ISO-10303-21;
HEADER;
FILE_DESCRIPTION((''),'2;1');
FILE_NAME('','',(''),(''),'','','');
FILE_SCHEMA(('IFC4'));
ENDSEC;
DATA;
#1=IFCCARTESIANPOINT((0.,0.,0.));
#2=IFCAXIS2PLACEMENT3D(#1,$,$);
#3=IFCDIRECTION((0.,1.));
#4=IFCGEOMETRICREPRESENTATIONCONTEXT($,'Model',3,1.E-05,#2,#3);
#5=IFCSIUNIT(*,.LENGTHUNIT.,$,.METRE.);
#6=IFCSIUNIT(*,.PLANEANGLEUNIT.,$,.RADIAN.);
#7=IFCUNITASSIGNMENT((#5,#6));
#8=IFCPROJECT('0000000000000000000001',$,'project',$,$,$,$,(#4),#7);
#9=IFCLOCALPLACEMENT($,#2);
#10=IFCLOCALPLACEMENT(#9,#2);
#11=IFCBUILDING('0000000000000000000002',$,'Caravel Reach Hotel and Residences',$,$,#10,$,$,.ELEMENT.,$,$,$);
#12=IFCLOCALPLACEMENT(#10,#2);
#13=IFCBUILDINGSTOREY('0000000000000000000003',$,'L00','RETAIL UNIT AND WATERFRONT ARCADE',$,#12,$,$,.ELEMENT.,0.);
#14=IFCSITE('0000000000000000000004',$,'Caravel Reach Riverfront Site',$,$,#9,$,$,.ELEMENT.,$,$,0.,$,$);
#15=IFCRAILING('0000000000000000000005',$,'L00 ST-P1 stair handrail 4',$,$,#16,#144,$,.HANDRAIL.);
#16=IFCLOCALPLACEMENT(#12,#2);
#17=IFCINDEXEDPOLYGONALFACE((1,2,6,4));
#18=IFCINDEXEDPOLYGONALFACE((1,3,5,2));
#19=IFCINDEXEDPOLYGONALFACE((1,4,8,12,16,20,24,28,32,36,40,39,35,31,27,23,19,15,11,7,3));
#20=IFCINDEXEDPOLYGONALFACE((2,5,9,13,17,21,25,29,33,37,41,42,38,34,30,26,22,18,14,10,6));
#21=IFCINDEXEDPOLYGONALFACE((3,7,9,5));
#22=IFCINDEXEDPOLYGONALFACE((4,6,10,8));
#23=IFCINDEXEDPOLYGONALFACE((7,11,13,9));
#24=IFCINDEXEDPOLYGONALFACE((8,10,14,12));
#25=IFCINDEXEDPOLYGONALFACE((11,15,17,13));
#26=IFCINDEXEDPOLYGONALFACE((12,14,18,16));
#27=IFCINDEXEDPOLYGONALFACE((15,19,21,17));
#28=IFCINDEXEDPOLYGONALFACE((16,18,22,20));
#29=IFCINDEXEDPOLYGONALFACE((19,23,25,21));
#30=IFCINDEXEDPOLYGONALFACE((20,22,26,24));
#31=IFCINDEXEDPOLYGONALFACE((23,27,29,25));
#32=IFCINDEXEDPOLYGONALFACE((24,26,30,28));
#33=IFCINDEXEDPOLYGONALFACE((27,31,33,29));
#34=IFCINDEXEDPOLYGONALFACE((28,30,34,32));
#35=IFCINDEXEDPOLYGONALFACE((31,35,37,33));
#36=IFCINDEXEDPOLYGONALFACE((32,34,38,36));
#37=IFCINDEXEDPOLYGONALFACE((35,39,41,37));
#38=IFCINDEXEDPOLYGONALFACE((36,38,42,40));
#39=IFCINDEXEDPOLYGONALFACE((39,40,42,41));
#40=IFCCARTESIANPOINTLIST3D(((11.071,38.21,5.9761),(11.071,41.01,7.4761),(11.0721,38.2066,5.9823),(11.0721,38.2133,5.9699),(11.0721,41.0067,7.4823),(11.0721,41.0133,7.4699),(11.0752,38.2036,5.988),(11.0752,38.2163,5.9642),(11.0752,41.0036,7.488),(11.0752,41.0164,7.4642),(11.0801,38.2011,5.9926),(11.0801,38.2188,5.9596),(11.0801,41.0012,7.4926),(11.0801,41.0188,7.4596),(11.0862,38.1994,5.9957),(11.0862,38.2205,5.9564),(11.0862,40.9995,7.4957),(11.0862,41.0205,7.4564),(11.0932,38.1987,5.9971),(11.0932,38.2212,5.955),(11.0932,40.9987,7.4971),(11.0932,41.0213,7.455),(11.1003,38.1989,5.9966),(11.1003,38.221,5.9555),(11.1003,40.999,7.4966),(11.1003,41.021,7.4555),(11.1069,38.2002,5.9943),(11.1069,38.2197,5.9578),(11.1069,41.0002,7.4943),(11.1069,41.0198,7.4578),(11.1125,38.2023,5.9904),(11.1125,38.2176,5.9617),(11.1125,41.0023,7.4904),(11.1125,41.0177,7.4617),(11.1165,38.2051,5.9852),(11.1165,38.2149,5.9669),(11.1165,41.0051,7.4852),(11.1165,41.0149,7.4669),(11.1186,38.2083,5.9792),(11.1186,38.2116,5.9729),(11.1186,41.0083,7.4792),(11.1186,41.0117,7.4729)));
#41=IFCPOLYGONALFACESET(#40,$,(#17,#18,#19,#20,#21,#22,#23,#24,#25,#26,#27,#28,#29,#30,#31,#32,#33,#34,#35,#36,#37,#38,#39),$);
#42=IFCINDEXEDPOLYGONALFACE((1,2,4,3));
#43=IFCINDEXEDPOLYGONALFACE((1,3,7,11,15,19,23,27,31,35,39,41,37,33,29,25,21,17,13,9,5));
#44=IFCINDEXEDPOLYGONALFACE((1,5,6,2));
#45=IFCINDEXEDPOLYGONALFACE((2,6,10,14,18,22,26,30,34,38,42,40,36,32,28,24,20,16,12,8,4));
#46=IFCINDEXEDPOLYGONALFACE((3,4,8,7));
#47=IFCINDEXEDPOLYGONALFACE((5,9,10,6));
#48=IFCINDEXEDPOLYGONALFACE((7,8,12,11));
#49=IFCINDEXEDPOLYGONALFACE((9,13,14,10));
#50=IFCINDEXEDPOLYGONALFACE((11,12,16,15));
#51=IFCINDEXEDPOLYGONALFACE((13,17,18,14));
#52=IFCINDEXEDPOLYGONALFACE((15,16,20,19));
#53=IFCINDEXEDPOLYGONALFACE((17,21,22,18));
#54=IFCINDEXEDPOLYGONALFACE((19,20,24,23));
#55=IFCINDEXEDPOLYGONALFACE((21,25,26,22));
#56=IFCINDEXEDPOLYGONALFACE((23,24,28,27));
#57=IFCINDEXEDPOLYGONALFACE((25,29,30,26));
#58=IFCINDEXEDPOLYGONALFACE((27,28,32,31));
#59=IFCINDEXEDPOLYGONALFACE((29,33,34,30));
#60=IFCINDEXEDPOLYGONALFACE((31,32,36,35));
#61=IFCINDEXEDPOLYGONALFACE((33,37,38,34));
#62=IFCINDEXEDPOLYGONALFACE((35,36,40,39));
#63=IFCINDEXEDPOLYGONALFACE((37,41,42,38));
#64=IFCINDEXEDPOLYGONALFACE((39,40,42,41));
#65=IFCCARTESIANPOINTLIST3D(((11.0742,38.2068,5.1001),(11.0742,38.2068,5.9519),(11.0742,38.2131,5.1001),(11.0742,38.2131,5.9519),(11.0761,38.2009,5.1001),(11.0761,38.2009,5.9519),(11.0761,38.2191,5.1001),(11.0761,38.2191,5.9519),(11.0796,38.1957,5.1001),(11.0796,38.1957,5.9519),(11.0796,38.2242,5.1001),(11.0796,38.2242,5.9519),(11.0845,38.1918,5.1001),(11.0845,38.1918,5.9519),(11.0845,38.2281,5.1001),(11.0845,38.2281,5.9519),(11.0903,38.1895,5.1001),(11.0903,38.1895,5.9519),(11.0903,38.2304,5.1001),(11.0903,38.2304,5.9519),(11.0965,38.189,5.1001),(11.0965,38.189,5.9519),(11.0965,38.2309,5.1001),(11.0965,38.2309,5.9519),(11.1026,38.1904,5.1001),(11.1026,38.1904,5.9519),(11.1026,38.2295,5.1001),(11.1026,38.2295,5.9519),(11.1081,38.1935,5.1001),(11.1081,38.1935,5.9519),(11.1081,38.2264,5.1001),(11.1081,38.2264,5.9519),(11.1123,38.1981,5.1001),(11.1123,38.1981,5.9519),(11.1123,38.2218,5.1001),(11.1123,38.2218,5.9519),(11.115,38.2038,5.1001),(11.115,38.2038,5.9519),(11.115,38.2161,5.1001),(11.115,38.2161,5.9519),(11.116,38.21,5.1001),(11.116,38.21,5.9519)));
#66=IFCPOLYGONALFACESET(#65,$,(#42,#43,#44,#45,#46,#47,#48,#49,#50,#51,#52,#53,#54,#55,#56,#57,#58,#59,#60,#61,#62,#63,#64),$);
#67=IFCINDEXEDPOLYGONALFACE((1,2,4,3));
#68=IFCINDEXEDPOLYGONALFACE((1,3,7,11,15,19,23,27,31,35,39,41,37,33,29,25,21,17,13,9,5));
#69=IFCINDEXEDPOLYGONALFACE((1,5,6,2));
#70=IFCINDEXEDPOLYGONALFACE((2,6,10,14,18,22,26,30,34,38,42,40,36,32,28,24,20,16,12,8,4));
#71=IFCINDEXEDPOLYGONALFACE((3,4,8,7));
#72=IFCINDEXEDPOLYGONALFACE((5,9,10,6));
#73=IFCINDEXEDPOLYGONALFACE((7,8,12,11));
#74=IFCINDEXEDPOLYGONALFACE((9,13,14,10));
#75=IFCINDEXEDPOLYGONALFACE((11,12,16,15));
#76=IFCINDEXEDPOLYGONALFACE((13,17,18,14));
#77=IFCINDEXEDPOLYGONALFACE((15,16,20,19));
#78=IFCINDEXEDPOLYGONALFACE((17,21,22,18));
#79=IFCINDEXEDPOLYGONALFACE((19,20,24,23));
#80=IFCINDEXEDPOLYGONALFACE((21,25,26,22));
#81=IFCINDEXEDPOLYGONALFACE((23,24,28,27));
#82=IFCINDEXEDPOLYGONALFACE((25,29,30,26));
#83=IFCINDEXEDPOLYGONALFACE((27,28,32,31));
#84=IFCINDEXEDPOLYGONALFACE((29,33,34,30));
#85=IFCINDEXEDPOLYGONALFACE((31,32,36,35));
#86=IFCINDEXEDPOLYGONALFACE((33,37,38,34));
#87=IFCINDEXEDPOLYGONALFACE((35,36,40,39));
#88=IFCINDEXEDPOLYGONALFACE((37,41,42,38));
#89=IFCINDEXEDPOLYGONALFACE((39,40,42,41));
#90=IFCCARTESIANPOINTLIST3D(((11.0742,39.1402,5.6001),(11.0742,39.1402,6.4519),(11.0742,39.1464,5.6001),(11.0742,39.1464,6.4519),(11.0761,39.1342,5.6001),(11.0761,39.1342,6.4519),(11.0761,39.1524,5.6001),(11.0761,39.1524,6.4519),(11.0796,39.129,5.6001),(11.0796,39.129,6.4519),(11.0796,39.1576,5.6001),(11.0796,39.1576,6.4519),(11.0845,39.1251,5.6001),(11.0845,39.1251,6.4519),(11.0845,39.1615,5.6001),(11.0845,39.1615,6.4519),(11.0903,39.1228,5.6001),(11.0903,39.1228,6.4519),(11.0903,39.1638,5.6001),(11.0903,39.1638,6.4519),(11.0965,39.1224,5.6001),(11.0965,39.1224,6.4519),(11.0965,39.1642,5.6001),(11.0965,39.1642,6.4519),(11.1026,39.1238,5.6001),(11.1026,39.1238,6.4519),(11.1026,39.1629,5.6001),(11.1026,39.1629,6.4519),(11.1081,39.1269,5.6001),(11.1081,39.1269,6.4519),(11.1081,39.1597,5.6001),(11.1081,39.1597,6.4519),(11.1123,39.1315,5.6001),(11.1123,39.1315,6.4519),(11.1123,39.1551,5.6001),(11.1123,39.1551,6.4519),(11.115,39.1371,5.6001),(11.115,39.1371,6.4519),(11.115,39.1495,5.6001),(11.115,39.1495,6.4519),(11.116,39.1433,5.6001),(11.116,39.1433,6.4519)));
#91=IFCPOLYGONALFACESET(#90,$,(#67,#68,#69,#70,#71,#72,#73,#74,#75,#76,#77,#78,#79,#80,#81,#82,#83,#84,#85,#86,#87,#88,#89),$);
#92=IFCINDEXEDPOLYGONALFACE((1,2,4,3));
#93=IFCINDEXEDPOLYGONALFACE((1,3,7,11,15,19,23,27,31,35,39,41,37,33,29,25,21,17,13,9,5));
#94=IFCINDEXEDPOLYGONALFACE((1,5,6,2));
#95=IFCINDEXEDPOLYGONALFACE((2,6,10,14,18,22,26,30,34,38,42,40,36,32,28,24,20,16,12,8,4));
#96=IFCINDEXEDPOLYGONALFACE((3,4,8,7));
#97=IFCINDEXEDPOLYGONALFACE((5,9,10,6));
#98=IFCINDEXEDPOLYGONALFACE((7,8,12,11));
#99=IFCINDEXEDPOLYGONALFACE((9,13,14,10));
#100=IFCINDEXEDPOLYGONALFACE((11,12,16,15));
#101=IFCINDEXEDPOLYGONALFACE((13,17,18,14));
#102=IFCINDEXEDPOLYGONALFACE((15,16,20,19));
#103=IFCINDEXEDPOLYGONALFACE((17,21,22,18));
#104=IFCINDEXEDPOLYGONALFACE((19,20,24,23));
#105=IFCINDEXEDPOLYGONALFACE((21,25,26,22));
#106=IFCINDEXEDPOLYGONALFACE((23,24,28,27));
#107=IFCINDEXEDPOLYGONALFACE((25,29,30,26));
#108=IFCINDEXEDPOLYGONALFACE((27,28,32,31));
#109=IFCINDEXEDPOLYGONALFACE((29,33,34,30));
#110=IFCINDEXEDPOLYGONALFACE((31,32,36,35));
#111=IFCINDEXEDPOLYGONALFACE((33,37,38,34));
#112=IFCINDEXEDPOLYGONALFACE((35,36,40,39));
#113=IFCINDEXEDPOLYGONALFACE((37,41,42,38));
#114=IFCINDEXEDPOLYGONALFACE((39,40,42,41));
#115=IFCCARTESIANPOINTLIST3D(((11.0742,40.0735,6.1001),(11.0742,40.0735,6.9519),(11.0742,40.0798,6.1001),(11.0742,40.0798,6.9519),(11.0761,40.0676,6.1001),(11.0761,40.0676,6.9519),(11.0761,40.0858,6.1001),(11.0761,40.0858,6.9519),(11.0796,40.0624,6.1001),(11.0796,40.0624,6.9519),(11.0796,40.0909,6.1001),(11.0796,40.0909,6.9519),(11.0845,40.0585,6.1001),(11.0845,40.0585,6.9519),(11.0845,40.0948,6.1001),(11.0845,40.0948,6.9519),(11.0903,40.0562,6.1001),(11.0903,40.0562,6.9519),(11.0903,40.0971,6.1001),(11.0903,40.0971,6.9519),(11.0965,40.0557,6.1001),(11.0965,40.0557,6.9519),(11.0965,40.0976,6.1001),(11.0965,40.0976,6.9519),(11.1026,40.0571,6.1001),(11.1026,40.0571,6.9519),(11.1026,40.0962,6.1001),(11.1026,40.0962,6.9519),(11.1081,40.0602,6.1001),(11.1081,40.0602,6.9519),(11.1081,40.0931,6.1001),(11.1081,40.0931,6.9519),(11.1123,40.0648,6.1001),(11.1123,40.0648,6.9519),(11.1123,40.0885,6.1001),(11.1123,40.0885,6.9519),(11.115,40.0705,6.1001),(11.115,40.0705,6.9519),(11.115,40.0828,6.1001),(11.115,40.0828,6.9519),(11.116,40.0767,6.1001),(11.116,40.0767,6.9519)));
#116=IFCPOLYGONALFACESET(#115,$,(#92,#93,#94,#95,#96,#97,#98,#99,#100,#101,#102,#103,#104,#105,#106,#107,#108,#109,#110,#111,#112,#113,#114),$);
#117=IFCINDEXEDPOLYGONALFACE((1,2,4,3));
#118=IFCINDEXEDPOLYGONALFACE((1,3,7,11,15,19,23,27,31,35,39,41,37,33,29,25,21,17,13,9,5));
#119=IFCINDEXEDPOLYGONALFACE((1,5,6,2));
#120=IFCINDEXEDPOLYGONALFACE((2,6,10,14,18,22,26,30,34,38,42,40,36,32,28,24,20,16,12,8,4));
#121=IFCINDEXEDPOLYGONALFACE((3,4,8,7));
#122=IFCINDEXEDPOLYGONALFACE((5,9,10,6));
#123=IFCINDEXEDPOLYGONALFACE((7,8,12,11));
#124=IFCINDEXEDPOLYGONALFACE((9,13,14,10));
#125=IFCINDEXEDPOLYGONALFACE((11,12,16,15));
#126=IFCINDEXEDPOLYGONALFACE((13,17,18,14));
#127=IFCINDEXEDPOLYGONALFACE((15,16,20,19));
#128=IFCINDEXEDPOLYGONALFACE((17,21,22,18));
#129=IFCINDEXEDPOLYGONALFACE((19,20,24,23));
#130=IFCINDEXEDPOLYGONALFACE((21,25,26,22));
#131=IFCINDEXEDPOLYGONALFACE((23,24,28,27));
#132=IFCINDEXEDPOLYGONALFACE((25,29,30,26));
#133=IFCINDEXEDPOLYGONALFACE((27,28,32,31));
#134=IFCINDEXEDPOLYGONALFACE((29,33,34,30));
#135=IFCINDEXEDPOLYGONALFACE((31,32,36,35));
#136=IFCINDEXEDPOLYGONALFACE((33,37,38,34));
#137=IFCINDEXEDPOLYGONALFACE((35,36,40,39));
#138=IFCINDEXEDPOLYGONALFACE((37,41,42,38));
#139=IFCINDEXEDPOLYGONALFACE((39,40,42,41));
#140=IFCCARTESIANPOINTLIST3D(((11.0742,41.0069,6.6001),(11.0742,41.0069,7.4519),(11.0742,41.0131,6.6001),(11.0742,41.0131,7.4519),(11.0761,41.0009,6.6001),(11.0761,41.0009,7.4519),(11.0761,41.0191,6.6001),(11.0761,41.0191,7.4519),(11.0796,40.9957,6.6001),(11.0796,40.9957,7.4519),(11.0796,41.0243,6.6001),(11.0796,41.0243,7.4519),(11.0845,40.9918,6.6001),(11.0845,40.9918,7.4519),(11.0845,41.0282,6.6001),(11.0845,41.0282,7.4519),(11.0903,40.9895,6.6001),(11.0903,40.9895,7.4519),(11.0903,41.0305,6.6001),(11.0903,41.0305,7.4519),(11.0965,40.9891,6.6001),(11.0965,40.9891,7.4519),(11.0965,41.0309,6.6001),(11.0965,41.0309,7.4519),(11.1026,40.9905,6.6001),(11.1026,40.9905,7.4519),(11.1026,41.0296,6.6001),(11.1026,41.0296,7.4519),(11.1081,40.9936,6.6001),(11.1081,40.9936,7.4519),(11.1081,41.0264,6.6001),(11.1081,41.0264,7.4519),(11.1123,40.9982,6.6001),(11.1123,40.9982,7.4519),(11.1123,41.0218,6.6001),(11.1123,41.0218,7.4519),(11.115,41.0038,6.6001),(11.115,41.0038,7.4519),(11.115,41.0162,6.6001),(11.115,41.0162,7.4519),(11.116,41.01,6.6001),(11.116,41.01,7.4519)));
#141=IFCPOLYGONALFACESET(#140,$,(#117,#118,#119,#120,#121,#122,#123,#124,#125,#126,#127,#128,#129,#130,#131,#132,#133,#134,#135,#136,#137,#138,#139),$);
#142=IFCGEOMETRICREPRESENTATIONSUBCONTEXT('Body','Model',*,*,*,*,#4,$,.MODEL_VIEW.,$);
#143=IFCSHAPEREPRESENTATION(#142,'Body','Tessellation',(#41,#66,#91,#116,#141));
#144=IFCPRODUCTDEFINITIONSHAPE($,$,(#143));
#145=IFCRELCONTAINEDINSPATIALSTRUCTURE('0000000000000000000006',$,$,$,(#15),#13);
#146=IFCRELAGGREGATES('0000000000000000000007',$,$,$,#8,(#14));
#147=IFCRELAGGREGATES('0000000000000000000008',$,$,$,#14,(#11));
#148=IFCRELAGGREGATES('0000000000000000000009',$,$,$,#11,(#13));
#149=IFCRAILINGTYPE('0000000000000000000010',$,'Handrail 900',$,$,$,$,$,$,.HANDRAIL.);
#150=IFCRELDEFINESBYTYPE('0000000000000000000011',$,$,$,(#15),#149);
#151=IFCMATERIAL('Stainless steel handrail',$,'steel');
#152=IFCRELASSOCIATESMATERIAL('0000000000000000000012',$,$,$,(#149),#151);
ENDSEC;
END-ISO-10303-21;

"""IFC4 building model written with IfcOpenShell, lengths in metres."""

from ifc_helpers import new_model, si_unit, direction, frame, origin, origin_2d, place, context, subcontext, project, spatial, circle, extrude, material, type_object, element, save


model = new_model("IFC4")

# Units and contexts
model_context = context("Model", 3, precision=1e-05, world=origin(), true_north=direction((0.0, 1.0)))
body_context = subcontext(model_context, "Body", "Model", "MODEL_VIEW")
ifc_project = project(units=[si_unit("LENGTHUNIT", "METRE"), si_unit("PLANEANGLEUNIT", "RADIAN")], contexts=[model_context])

# Site, building, storey
site_placement = place(None, origin())
site = spatial("IfcSite", under=ifc_project, at=site_placement, Name="Caravel Reach Riverfront Site", CompositionType="ELEMENT", RefElevation=0.0)
building_placement = place(site_placement, origin())
building = spatial("IfcBuilding", under=site, at=building_placement, Name="Caravel Reach Hotel and Residences", CompositionType="ELEMENT")
storey_placement = place(building_placement, origin())
storey = spatial("IfcBuildingStorey", under=building, at=storey_placement, Name="L00", Description="RETAIL UNIT AND WATERFRONT ARCADE", CompositionType="ELEMENT", Elevation=0.0)

# Railing
ifc_material_1 = material(Name="Stainless steel handrail", Category="steel")
railing_type_1 = type_object("IfcRailingType", Name="Handrail 900", PredefinedType="HANDRAIL", material=ifc_material_1)
railing_1_placement = place(storey_placement, frame((11.095, 38.21, 5.1001)))
element("IfcRailing", 1, at=railing_1_placement, inside=storey, type_object=railing_type_1, Name="L00 ST-P1 stair handrail 4", PredefinedType="HANDRAIL", context=body_context, shape_type="SweptSolid", body=[
    extrude(circle(Radius=0.0239, at=origin_2d()), frame((0.0, 0.0, 0.876), z_axis=(0.0, 0.881483, 0.472215), x_axis=(-1.0, 0.0, 0.0)), (0.0, 0.0, 1.0), 3.1765),
    extrude(circle(Radius=0.021, at=origin_2d()), origin(), (0.0, 0.0, 1.0), 0.8518),
    extrude(circle(Radius=0.021, at=origin_2d()), frame((0.0, 0.9333, 0.5)), (0.0, 0.0, 1.0), 0.8518),
    extrude(circle(Radius=0.021, at=origin_2d()), frame((0.0, 1.8667, 1.0)), (0.0, 0.0, 1.0), 0.8518),
    extrude(circle(Radius=0.021, at=origin_2d()), frame((0.0, 2.8, 1.5)), (0.0, 0.0, 1.0), 0.8518),
])

save(model, "model.ifc")
